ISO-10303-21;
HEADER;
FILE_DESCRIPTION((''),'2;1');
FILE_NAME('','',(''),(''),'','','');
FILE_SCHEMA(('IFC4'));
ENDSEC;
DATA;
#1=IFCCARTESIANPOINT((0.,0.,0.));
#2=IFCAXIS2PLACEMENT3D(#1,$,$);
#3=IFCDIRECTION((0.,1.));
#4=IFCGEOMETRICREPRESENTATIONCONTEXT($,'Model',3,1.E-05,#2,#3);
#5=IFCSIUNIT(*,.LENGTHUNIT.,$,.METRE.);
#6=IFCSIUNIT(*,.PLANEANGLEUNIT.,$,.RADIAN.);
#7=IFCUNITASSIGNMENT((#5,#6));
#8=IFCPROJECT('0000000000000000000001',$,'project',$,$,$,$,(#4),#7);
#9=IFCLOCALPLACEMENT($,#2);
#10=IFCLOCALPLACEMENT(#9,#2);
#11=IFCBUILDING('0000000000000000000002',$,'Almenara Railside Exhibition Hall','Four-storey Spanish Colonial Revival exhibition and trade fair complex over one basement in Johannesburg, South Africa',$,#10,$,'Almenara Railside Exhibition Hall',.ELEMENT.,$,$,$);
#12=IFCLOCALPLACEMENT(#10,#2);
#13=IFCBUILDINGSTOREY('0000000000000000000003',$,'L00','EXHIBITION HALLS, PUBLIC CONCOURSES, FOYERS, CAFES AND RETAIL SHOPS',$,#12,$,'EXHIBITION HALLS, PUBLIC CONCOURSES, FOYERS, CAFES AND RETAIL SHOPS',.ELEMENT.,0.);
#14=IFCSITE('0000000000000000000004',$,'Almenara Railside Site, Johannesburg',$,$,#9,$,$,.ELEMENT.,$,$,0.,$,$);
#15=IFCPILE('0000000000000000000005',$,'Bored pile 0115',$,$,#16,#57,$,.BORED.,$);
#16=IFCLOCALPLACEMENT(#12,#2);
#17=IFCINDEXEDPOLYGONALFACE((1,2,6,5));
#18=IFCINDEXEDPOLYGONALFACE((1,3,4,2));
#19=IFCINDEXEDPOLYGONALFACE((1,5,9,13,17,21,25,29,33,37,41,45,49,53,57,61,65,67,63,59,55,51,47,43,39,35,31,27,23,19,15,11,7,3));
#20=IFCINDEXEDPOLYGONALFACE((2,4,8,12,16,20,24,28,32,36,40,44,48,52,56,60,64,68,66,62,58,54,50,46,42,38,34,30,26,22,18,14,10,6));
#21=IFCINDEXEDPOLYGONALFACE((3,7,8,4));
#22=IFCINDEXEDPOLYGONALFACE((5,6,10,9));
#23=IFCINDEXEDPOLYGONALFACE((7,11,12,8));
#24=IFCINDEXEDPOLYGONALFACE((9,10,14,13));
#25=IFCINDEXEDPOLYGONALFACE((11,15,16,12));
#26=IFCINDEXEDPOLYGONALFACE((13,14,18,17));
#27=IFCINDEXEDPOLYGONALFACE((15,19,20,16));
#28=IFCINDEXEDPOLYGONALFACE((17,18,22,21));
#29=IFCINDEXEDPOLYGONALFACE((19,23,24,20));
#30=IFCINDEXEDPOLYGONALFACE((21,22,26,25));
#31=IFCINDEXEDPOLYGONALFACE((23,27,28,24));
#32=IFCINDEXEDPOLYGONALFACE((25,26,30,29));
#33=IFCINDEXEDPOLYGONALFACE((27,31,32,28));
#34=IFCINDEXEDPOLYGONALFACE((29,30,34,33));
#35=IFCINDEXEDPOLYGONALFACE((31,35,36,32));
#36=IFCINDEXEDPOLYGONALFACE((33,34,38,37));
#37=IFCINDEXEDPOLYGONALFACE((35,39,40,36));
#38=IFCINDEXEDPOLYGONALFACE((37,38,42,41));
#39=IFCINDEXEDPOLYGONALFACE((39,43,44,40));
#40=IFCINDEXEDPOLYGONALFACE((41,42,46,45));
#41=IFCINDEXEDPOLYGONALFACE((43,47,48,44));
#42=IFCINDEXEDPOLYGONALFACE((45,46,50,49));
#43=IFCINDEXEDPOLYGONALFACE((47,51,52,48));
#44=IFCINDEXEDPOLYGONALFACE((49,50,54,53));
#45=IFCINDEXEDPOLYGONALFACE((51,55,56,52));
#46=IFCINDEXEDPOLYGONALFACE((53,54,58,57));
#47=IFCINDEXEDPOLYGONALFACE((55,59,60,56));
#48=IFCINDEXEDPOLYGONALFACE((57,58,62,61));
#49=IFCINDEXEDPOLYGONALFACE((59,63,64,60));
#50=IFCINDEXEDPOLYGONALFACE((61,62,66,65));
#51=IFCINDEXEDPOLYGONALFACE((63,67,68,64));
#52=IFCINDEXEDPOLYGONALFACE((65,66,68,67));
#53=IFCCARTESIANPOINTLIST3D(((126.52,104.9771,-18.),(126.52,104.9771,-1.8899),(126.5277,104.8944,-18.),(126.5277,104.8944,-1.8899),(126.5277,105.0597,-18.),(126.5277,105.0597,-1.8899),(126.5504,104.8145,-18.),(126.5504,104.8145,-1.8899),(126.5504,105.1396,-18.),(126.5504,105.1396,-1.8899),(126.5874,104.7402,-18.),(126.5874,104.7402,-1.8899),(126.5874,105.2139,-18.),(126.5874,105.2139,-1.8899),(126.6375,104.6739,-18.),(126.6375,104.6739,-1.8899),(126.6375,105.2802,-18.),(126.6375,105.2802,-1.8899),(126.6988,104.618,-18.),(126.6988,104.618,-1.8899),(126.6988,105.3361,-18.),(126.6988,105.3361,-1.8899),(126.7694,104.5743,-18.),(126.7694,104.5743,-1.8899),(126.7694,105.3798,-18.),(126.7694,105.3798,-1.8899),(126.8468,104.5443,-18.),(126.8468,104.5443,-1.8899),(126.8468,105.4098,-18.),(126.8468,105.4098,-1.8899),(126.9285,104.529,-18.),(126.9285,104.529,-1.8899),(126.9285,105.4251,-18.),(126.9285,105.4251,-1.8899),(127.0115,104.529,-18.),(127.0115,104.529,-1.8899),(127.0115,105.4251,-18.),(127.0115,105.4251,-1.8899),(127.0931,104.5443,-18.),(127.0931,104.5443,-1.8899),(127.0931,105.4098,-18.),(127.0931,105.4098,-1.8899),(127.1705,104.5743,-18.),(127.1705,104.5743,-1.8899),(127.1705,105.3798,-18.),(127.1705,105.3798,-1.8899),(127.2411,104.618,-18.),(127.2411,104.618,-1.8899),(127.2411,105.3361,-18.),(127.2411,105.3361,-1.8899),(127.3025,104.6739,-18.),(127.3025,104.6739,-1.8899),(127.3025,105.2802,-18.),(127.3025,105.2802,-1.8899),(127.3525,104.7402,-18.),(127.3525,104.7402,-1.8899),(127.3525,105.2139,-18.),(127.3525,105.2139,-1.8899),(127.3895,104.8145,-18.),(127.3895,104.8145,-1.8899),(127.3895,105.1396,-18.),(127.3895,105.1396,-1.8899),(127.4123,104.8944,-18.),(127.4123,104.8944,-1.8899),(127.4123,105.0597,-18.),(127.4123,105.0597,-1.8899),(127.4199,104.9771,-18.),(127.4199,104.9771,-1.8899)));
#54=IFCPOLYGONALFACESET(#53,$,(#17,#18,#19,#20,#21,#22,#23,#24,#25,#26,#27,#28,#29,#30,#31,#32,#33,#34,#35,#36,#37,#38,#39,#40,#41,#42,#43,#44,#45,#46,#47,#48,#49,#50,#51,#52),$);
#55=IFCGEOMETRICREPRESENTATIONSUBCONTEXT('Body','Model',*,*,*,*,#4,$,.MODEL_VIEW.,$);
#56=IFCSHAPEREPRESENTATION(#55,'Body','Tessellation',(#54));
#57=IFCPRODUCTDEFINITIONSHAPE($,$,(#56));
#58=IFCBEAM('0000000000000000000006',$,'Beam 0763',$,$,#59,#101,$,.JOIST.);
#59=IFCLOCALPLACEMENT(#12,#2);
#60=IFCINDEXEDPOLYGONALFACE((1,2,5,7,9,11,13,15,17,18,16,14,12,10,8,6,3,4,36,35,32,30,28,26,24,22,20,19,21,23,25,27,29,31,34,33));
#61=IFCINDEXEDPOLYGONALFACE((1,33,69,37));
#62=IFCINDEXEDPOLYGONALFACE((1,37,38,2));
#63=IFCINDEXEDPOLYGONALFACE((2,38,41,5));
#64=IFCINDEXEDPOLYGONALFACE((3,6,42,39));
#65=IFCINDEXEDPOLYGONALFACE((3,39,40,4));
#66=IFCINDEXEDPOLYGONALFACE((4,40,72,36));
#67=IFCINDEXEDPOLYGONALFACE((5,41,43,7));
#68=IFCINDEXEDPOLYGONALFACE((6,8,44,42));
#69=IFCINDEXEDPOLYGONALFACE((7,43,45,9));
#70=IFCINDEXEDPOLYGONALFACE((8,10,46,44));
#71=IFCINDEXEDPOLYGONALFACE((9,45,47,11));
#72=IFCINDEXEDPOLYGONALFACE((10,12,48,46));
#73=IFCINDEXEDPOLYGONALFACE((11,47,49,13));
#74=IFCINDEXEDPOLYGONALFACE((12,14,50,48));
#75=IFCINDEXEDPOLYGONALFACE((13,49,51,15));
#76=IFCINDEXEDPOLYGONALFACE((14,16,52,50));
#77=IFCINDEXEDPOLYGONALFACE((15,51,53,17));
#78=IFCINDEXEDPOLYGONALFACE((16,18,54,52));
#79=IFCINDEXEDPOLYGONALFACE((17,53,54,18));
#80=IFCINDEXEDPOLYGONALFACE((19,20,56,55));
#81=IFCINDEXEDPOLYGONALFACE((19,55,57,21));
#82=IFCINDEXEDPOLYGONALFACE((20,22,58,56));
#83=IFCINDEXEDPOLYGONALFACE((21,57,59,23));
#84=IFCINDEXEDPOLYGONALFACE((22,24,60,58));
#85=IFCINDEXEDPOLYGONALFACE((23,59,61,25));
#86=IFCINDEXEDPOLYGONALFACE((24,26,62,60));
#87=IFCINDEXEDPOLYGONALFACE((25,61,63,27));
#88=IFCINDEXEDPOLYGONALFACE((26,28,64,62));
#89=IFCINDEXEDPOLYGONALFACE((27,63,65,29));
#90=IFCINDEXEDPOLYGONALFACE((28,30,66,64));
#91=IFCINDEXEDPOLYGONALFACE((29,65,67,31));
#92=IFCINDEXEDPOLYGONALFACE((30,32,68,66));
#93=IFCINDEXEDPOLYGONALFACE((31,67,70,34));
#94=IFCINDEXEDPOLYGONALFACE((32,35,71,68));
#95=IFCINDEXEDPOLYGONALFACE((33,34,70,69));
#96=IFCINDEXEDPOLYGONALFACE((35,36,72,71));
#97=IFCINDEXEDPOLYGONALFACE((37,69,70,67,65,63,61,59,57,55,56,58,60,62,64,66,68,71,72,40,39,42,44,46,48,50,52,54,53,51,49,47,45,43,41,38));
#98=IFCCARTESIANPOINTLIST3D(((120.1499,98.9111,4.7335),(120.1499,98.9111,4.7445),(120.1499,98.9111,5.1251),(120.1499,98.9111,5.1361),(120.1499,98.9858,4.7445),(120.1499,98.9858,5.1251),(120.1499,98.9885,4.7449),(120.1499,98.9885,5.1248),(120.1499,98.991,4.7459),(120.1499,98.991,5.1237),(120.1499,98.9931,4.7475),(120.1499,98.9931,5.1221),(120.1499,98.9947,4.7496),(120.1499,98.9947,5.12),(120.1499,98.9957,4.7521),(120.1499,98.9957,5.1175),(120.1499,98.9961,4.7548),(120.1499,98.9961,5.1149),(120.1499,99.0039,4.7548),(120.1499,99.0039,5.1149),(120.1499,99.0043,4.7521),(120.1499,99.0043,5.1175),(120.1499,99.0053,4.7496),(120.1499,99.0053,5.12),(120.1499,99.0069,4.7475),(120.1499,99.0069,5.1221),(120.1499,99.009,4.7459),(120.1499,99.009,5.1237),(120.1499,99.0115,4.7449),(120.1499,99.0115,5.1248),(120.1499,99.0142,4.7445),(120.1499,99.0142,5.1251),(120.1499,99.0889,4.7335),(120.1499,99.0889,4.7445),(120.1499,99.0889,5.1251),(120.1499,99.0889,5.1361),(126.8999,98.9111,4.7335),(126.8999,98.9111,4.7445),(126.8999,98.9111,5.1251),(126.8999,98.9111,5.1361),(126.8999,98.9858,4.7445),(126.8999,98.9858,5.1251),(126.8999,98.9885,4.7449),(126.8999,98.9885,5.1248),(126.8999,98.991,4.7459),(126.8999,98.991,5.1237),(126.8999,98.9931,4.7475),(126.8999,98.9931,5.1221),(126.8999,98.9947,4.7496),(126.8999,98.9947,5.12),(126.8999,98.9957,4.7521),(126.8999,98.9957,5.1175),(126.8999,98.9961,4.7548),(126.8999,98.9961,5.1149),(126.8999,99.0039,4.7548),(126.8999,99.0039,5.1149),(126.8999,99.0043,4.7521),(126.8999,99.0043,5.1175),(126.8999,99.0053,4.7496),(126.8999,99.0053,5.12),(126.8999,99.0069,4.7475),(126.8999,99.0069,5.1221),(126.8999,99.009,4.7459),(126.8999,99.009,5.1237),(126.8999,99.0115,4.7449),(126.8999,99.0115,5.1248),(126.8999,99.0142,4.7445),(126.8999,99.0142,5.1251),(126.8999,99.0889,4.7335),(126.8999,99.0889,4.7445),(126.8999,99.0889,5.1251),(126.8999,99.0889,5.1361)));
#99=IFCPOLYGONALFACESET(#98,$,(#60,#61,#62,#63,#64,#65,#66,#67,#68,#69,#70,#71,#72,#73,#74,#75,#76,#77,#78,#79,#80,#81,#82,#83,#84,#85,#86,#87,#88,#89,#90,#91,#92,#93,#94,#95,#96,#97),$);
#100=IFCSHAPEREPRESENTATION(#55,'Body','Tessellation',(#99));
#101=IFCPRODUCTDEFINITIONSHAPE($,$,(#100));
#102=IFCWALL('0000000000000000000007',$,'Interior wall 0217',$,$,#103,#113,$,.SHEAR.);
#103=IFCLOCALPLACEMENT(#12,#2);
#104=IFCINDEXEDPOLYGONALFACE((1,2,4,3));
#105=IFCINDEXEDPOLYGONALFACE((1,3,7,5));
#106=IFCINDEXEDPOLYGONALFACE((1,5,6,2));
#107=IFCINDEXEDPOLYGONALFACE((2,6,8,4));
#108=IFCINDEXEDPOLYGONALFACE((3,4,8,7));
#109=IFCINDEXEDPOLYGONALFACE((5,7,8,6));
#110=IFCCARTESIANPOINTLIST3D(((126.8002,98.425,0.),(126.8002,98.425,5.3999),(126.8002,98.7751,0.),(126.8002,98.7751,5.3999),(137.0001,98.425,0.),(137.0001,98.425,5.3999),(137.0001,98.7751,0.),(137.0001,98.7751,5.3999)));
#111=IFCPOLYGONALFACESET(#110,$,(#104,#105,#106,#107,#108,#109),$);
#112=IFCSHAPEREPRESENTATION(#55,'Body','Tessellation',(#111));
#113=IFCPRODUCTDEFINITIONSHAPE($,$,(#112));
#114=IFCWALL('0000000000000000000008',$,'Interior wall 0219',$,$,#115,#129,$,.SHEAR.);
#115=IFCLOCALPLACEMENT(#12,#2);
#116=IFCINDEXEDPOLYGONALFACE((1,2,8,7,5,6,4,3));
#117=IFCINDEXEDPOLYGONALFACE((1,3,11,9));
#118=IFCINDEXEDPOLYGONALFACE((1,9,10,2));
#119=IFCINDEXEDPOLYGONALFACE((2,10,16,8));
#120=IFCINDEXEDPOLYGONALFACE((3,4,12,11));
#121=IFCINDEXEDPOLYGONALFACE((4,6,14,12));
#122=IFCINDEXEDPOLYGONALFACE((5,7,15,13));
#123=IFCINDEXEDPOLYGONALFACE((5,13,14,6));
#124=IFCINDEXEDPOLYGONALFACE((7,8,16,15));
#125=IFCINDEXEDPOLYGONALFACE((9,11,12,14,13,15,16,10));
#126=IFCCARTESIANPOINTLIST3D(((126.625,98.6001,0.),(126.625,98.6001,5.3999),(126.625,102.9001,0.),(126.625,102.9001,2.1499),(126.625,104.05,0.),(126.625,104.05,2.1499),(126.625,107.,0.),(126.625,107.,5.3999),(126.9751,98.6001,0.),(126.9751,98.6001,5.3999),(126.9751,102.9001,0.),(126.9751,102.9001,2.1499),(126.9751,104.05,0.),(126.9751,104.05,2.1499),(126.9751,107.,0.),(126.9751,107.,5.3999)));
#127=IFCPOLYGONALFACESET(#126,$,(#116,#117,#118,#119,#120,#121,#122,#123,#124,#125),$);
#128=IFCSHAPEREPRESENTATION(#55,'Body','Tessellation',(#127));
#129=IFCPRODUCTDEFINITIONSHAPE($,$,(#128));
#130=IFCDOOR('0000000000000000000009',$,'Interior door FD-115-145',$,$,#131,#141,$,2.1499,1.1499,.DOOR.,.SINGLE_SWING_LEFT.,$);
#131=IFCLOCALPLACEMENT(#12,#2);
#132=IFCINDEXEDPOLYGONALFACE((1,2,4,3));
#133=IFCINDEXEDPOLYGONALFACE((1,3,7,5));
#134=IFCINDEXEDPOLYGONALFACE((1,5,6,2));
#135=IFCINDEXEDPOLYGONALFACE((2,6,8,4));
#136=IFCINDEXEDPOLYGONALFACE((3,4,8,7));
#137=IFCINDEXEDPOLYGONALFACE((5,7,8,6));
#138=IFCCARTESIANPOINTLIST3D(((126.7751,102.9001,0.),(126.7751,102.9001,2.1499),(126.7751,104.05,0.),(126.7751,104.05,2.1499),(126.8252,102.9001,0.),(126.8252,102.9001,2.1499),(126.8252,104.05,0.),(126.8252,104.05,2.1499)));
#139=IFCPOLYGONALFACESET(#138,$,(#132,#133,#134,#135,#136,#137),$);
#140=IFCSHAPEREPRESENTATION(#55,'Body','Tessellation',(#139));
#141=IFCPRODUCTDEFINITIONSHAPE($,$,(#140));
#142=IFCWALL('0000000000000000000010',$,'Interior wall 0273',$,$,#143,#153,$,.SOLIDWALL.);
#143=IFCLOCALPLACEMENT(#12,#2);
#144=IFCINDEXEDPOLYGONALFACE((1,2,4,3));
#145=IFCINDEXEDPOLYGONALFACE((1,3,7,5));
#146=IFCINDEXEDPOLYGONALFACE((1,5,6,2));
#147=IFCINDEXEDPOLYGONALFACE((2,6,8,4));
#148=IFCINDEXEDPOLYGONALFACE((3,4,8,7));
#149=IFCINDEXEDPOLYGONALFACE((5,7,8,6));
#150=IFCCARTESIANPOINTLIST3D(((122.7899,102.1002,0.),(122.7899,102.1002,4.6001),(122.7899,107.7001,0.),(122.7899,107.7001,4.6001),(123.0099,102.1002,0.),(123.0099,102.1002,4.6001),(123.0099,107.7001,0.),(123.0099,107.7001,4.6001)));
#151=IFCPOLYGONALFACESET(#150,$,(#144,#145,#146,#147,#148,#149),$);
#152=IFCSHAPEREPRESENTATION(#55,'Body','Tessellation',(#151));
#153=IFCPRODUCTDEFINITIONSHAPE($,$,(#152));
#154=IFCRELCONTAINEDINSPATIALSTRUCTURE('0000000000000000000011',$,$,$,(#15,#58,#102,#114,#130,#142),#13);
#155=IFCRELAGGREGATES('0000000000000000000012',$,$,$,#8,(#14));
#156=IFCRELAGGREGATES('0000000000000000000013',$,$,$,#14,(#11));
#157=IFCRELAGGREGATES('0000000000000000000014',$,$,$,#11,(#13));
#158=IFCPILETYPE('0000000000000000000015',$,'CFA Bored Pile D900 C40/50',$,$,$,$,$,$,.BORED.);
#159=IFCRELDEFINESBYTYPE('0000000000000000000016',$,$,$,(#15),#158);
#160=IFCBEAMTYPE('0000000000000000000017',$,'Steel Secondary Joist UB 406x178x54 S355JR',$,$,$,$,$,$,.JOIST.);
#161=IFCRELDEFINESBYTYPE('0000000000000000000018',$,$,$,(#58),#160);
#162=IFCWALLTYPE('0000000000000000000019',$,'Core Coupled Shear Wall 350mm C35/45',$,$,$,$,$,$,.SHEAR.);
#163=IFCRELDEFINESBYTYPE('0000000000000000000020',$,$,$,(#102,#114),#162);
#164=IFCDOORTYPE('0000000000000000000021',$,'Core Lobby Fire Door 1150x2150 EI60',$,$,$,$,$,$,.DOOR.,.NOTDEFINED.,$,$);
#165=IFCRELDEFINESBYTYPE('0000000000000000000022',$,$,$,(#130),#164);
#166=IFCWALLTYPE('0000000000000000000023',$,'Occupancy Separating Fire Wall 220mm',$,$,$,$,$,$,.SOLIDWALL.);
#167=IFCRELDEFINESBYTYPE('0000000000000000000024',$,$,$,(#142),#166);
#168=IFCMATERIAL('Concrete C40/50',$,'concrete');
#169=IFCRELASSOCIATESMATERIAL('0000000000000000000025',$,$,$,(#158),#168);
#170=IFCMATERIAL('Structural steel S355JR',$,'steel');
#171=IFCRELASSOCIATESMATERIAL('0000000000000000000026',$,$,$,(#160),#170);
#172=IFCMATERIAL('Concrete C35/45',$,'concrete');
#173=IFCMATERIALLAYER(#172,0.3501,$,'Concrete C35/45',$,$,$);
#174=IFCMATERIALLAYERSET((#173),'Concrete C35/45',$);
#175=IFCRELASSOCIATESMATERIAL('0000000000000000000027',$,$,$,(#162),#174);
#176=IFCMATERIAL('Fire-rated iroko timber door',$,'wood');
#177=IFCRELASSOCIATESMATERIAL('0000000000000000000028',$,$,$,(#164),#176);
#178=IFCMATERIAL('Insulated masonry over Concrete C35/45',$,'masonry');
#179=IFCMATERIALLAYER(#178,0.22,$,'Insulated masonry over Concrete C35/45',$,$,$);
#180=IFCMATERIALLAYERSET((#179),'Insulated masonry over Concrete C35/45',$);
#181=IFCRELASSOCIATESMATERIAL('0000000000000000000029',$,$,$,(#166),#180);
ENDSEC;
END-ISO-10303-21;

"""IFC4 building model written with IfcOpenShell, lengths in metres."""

from ifc_helpers import new_model, si_unit, direction, frame, frame_2d, origin, origin_2d, place, context, subcontext, project, spatial, rectangle, circle, i_section, extrude, material, layer, layer_set, material_profile, profile_set, type_object, element, fill, save


model = new_model("IFC4")

# Units and contexts
model_context = context("Model", 3, precision=1e-05, world=origin(), true_north=direction((0.0, 1.0)))
body_context = subcontext(model_context, "Body", "Model", "MODEL_VIEW")
ifc_project = project(units=[si_unit("LENGTHUNIT", "METRE"), si_unit("PLANEANGLEUNIT", "RADIAN")], contexts=[model_context])

# Site, building, storey
site_placement = place(None, origin())
site = spatial("IfcSite", under=ifc_project, at=site_placement, Name="Almenara Railside Site, Johannesburg", CompositionType="ELEMENT", RefElevation=0.0)
building_placement = place(site_placement, origin())
building = spatial("IfcBuilding", under=site, at=building_placement, Name="Almenara Railside Exhibition Hall", Description="Four-storey Spanish Colonial Revival exhibition and trade fair complex over one basement in Johannesburg, South Africa", LongName="Almenara Railside Exhibition Hall", CompositionType="ELEMENT")
storey_placement = place(building_placement, origin())
storey = spatial("IfcBuildingStorey", under=building, at=storey_placement, Name="L00", Description="EXHIBITION HALLS, PUBLIC CONCOURSES, FOYERS, CAFES AND RETAIL SHOPS", LongName="EXHIBITION HALLS, PUBLIC CONCOURSES, FOYERS, CAFES AND RETAIL SHOPS", CompositionType="ELEMENT", Elevation=0.0)

# Pile
ifc_material_1 = material(Name="Concrete C40/50", Category="concrete")
ifc_material_profile_1 = material_profile(ifc_material_1, circle(Radius=0.45, at=origin_2d()), Name="CFA-PILE D900")
ifc_profile_set_1 = profile_set([ifc_material_profile_1], Name="Concrete C40/50")
pile_type_1 = type_object("IfcPileType", Name="CFA Bored Pile D900 C40/50", PredefinedType="BORED", material=ifc_profile_set_1)
for number, where, z_axis, x_axis, name in (
    (1, (126.97, 104.9771, -1.8899), (0.0, 0.0, -1.0), (1.0, 0.0, 0.0), "Bored pile 0115"),
):
    element("IfcPile", number, at=place(storey_placement, frame(where, z_axis=z_axis, x_axis=x_axis)), inside=storey, type_object=pile_type_1, Name=name, PredefinedType="BORED", context=body_context, shape_type="SweptSolid", body=[
        extrude(circle(Radius=0.45, at=origin_2d()), origin(), (0.0, 0.0, 1.0), 16.1101),
    ])

# Beam
ifc_material_2 = material(Name="Structural steel S355JR", Category="steel")
ifc_material_profile_2 = material_profile(ifc_material_2, i_section(OverallWidth=0.1777, OverallDepth=0.4026, WebThickness=0.0078, FlangeThickness=0.011, FilletRadius=0.0103, at=origin_2d()), Name="UB 406x178x54")
ifc_profile_set_2 = profile_set([ifc_material_profile_2], Name="Structural steel S355JR")
beam_type = type_object("IfcBeamType", Name="Steel Secondary Joist UB 406x178x54 S355JR", PredefinedType="JOIST", material=ifc_profile_set_2)
beam_placement = place(storey_placement, frame((120.1499, 99.0, 4.9348), z_axis=(1.0, 0.0, 0.0), x_axis=(0.0, 1.0, 0.0)))
element("IfcBeam", 2, at=beam_placement, inside=storey, type_object=beam_type, Name="Beam 0763", PredefinedType="JOIST", context=body_context, shape_type="SweptSolid", body=[
    extrude(i_section(OverallWidth=0.1777, OverallDepth=0.4026, WebThickness=0.0078, FlangeThickness=0.011, FilletRadius=0.0103, at=origin_2d()), origin(), (0.0, 0.0, 1.0), 6.75),
])

# Wall
ifc_material_3 = material(Name="Concrete C35/45", Category="concrete")
ifc_layer_1 = layer(ifc_material_3, 0.3501, Name="Concrete C35/45")
ifc_layer_set_1 = layer_set([ifc_layer_1], Name="Concrete C35/45")
wall_type_1 = type_object("IfcWallType", Name="Core Coupled Shear Wall 350mm C35/45", PredefinedType="SHEAR", material=ifc_layer_set_1)
wall_1_placement = place(storey_placement, frame((126.8, 98.6001, 0.0), z_axis=(0.0, 0.0, 1.0), x_axis=(1.0, 0.0, 0.0)))
element("IfcWall", 3, at=wall_1_placement, inside=storey, type_object=wall_type_1, Name="Interior wall 0217", PredefinedType="SHEAR", context=body_context, shape_type="SweptSolid", body=[
    extrude(rectangle(XDim=10.2, YDim=0.3501, at=frame_2d((5.1001, 0.0))), origin(), (0.0, 0.0, 1.0), 5.3999),
])

# Wall, opening, door
wall_2_placement = place(storey_placement, frame((126.8, 107.0, 0.0), z_axis=(0.0, 0.0, 1.0), x_axis=(0.0, -1.0, 0.0)))
wall_2 = element("IfcWall", 4, at=wall_2_placement, inside=storey, type_object=wall_type_1, Name="Interior wall 0219", PredefinedType="SHEAR", context=body_context, shape_type="SweptSolid", body=[
    extrude(rectangle(XDim=8.3999, YDim=0.3501, at=frame_2d((4.2, 0.0))), origin(), (0.0, 0.0, 1.0), 5.3999),
])
opening_1_placement = place(wall_2_placement, frame((2.95, 0.0, 0.0)))
opening_1 = element("IfcOpeningElement", 5, at=opening_1_placement, cuts=wall_2, PredefinedType="OPENING", context=body_context, shape_type="SweptSolid", body=[
    extrude(rectangle(XDim=1.1499, YDim=2.1499, at=frame_2d((0.575, 1.075))), frame((0.0, 0.1851, 0.0), z_axis=(0.0, -1.0, 0.0), x_axis=(1.0, 0.0, 0.0)), (0.0, 0.0, 1.0), 0.3701),
])
ifc_material_4 = material(Name="Fire-rated iroko timber door", Category="wood")
door_type_1 = type_object("IfcDoorType", Name="Core Lobby Fire Door 1150x2150 EI60", OperationType="NOTDEFINED", PredefinedType="DOOR", material=ifc_material_4)
door_1_placement = place(opening_1_placement, frame((1.1499, 0.0, 0.0), z_axis=(0.0, 0.0, 1.0), x_axis=(-1.0, 0.0, 0.0)))
door_1 = element("IfcDoor", 6, at=door_1_placement, inside=storey, type_object=door_type_1, Name="Interior door FD-115-145", OperationType="SINGLE_SWING_LEFT", OverallHeight=2.1499, OverallWidth=1.1499, PredefinedType="DOOR", context=body_context, shape_type="SweptSolid", body=[
    extrude(rectangle(XDim=1.1499, YDim=2.1499, at=frame_2d((0.575, 1.075))), frame((0.0, 0.0249, 0.0), z_axis=(0.0, -1.0, 0.0), x_axis=(1.0, 0.0, 0.0)), (0.0, 0.0, 1.0), 0.05),
])
fill(opening_1, door_1)

# Wall
ifc_material_5 = material(Name="Insulated masonry over Concrete C35/45", Category="masonry")
ifc_layer_2 = layer(ifc_material_5, 0.22, Name="Insulated masonry over Concrete C35/45")
ifc_layer_set_2 = layer_set([ifc_layer_2], Name="Insulated masonry over Concrete C35/45")
wall_type_2 = type_object("IfcWallType", Name="Occupancy Separating Fire Wall 220mm", PredefinedType="SOLIDWALL", material=ifc_layer_set_2)
wall_3_placement = place(storey_placement, frame((122.8999, 107.7, 0.0), z_axis=(0.0, 0.0, 1.0), x_axis=(0.0, -1.0, 0.0)))
element("IfcWall", 7, at=wall_3_placement, inside=storey, type_object=wall_type_2, Name="Interior wall 0273", PredefinedType="SOLIDWALL", context=body_context, shape_type="SweptSolid", body=[
    extrude(rectangle(XDim=5.5999, YDim=0.22, at=frame_2d((2.7998, 0.0))), origin(), (0.0, 0.0, 1.0), 4.6001),
])

save(model, "model.ifc")
